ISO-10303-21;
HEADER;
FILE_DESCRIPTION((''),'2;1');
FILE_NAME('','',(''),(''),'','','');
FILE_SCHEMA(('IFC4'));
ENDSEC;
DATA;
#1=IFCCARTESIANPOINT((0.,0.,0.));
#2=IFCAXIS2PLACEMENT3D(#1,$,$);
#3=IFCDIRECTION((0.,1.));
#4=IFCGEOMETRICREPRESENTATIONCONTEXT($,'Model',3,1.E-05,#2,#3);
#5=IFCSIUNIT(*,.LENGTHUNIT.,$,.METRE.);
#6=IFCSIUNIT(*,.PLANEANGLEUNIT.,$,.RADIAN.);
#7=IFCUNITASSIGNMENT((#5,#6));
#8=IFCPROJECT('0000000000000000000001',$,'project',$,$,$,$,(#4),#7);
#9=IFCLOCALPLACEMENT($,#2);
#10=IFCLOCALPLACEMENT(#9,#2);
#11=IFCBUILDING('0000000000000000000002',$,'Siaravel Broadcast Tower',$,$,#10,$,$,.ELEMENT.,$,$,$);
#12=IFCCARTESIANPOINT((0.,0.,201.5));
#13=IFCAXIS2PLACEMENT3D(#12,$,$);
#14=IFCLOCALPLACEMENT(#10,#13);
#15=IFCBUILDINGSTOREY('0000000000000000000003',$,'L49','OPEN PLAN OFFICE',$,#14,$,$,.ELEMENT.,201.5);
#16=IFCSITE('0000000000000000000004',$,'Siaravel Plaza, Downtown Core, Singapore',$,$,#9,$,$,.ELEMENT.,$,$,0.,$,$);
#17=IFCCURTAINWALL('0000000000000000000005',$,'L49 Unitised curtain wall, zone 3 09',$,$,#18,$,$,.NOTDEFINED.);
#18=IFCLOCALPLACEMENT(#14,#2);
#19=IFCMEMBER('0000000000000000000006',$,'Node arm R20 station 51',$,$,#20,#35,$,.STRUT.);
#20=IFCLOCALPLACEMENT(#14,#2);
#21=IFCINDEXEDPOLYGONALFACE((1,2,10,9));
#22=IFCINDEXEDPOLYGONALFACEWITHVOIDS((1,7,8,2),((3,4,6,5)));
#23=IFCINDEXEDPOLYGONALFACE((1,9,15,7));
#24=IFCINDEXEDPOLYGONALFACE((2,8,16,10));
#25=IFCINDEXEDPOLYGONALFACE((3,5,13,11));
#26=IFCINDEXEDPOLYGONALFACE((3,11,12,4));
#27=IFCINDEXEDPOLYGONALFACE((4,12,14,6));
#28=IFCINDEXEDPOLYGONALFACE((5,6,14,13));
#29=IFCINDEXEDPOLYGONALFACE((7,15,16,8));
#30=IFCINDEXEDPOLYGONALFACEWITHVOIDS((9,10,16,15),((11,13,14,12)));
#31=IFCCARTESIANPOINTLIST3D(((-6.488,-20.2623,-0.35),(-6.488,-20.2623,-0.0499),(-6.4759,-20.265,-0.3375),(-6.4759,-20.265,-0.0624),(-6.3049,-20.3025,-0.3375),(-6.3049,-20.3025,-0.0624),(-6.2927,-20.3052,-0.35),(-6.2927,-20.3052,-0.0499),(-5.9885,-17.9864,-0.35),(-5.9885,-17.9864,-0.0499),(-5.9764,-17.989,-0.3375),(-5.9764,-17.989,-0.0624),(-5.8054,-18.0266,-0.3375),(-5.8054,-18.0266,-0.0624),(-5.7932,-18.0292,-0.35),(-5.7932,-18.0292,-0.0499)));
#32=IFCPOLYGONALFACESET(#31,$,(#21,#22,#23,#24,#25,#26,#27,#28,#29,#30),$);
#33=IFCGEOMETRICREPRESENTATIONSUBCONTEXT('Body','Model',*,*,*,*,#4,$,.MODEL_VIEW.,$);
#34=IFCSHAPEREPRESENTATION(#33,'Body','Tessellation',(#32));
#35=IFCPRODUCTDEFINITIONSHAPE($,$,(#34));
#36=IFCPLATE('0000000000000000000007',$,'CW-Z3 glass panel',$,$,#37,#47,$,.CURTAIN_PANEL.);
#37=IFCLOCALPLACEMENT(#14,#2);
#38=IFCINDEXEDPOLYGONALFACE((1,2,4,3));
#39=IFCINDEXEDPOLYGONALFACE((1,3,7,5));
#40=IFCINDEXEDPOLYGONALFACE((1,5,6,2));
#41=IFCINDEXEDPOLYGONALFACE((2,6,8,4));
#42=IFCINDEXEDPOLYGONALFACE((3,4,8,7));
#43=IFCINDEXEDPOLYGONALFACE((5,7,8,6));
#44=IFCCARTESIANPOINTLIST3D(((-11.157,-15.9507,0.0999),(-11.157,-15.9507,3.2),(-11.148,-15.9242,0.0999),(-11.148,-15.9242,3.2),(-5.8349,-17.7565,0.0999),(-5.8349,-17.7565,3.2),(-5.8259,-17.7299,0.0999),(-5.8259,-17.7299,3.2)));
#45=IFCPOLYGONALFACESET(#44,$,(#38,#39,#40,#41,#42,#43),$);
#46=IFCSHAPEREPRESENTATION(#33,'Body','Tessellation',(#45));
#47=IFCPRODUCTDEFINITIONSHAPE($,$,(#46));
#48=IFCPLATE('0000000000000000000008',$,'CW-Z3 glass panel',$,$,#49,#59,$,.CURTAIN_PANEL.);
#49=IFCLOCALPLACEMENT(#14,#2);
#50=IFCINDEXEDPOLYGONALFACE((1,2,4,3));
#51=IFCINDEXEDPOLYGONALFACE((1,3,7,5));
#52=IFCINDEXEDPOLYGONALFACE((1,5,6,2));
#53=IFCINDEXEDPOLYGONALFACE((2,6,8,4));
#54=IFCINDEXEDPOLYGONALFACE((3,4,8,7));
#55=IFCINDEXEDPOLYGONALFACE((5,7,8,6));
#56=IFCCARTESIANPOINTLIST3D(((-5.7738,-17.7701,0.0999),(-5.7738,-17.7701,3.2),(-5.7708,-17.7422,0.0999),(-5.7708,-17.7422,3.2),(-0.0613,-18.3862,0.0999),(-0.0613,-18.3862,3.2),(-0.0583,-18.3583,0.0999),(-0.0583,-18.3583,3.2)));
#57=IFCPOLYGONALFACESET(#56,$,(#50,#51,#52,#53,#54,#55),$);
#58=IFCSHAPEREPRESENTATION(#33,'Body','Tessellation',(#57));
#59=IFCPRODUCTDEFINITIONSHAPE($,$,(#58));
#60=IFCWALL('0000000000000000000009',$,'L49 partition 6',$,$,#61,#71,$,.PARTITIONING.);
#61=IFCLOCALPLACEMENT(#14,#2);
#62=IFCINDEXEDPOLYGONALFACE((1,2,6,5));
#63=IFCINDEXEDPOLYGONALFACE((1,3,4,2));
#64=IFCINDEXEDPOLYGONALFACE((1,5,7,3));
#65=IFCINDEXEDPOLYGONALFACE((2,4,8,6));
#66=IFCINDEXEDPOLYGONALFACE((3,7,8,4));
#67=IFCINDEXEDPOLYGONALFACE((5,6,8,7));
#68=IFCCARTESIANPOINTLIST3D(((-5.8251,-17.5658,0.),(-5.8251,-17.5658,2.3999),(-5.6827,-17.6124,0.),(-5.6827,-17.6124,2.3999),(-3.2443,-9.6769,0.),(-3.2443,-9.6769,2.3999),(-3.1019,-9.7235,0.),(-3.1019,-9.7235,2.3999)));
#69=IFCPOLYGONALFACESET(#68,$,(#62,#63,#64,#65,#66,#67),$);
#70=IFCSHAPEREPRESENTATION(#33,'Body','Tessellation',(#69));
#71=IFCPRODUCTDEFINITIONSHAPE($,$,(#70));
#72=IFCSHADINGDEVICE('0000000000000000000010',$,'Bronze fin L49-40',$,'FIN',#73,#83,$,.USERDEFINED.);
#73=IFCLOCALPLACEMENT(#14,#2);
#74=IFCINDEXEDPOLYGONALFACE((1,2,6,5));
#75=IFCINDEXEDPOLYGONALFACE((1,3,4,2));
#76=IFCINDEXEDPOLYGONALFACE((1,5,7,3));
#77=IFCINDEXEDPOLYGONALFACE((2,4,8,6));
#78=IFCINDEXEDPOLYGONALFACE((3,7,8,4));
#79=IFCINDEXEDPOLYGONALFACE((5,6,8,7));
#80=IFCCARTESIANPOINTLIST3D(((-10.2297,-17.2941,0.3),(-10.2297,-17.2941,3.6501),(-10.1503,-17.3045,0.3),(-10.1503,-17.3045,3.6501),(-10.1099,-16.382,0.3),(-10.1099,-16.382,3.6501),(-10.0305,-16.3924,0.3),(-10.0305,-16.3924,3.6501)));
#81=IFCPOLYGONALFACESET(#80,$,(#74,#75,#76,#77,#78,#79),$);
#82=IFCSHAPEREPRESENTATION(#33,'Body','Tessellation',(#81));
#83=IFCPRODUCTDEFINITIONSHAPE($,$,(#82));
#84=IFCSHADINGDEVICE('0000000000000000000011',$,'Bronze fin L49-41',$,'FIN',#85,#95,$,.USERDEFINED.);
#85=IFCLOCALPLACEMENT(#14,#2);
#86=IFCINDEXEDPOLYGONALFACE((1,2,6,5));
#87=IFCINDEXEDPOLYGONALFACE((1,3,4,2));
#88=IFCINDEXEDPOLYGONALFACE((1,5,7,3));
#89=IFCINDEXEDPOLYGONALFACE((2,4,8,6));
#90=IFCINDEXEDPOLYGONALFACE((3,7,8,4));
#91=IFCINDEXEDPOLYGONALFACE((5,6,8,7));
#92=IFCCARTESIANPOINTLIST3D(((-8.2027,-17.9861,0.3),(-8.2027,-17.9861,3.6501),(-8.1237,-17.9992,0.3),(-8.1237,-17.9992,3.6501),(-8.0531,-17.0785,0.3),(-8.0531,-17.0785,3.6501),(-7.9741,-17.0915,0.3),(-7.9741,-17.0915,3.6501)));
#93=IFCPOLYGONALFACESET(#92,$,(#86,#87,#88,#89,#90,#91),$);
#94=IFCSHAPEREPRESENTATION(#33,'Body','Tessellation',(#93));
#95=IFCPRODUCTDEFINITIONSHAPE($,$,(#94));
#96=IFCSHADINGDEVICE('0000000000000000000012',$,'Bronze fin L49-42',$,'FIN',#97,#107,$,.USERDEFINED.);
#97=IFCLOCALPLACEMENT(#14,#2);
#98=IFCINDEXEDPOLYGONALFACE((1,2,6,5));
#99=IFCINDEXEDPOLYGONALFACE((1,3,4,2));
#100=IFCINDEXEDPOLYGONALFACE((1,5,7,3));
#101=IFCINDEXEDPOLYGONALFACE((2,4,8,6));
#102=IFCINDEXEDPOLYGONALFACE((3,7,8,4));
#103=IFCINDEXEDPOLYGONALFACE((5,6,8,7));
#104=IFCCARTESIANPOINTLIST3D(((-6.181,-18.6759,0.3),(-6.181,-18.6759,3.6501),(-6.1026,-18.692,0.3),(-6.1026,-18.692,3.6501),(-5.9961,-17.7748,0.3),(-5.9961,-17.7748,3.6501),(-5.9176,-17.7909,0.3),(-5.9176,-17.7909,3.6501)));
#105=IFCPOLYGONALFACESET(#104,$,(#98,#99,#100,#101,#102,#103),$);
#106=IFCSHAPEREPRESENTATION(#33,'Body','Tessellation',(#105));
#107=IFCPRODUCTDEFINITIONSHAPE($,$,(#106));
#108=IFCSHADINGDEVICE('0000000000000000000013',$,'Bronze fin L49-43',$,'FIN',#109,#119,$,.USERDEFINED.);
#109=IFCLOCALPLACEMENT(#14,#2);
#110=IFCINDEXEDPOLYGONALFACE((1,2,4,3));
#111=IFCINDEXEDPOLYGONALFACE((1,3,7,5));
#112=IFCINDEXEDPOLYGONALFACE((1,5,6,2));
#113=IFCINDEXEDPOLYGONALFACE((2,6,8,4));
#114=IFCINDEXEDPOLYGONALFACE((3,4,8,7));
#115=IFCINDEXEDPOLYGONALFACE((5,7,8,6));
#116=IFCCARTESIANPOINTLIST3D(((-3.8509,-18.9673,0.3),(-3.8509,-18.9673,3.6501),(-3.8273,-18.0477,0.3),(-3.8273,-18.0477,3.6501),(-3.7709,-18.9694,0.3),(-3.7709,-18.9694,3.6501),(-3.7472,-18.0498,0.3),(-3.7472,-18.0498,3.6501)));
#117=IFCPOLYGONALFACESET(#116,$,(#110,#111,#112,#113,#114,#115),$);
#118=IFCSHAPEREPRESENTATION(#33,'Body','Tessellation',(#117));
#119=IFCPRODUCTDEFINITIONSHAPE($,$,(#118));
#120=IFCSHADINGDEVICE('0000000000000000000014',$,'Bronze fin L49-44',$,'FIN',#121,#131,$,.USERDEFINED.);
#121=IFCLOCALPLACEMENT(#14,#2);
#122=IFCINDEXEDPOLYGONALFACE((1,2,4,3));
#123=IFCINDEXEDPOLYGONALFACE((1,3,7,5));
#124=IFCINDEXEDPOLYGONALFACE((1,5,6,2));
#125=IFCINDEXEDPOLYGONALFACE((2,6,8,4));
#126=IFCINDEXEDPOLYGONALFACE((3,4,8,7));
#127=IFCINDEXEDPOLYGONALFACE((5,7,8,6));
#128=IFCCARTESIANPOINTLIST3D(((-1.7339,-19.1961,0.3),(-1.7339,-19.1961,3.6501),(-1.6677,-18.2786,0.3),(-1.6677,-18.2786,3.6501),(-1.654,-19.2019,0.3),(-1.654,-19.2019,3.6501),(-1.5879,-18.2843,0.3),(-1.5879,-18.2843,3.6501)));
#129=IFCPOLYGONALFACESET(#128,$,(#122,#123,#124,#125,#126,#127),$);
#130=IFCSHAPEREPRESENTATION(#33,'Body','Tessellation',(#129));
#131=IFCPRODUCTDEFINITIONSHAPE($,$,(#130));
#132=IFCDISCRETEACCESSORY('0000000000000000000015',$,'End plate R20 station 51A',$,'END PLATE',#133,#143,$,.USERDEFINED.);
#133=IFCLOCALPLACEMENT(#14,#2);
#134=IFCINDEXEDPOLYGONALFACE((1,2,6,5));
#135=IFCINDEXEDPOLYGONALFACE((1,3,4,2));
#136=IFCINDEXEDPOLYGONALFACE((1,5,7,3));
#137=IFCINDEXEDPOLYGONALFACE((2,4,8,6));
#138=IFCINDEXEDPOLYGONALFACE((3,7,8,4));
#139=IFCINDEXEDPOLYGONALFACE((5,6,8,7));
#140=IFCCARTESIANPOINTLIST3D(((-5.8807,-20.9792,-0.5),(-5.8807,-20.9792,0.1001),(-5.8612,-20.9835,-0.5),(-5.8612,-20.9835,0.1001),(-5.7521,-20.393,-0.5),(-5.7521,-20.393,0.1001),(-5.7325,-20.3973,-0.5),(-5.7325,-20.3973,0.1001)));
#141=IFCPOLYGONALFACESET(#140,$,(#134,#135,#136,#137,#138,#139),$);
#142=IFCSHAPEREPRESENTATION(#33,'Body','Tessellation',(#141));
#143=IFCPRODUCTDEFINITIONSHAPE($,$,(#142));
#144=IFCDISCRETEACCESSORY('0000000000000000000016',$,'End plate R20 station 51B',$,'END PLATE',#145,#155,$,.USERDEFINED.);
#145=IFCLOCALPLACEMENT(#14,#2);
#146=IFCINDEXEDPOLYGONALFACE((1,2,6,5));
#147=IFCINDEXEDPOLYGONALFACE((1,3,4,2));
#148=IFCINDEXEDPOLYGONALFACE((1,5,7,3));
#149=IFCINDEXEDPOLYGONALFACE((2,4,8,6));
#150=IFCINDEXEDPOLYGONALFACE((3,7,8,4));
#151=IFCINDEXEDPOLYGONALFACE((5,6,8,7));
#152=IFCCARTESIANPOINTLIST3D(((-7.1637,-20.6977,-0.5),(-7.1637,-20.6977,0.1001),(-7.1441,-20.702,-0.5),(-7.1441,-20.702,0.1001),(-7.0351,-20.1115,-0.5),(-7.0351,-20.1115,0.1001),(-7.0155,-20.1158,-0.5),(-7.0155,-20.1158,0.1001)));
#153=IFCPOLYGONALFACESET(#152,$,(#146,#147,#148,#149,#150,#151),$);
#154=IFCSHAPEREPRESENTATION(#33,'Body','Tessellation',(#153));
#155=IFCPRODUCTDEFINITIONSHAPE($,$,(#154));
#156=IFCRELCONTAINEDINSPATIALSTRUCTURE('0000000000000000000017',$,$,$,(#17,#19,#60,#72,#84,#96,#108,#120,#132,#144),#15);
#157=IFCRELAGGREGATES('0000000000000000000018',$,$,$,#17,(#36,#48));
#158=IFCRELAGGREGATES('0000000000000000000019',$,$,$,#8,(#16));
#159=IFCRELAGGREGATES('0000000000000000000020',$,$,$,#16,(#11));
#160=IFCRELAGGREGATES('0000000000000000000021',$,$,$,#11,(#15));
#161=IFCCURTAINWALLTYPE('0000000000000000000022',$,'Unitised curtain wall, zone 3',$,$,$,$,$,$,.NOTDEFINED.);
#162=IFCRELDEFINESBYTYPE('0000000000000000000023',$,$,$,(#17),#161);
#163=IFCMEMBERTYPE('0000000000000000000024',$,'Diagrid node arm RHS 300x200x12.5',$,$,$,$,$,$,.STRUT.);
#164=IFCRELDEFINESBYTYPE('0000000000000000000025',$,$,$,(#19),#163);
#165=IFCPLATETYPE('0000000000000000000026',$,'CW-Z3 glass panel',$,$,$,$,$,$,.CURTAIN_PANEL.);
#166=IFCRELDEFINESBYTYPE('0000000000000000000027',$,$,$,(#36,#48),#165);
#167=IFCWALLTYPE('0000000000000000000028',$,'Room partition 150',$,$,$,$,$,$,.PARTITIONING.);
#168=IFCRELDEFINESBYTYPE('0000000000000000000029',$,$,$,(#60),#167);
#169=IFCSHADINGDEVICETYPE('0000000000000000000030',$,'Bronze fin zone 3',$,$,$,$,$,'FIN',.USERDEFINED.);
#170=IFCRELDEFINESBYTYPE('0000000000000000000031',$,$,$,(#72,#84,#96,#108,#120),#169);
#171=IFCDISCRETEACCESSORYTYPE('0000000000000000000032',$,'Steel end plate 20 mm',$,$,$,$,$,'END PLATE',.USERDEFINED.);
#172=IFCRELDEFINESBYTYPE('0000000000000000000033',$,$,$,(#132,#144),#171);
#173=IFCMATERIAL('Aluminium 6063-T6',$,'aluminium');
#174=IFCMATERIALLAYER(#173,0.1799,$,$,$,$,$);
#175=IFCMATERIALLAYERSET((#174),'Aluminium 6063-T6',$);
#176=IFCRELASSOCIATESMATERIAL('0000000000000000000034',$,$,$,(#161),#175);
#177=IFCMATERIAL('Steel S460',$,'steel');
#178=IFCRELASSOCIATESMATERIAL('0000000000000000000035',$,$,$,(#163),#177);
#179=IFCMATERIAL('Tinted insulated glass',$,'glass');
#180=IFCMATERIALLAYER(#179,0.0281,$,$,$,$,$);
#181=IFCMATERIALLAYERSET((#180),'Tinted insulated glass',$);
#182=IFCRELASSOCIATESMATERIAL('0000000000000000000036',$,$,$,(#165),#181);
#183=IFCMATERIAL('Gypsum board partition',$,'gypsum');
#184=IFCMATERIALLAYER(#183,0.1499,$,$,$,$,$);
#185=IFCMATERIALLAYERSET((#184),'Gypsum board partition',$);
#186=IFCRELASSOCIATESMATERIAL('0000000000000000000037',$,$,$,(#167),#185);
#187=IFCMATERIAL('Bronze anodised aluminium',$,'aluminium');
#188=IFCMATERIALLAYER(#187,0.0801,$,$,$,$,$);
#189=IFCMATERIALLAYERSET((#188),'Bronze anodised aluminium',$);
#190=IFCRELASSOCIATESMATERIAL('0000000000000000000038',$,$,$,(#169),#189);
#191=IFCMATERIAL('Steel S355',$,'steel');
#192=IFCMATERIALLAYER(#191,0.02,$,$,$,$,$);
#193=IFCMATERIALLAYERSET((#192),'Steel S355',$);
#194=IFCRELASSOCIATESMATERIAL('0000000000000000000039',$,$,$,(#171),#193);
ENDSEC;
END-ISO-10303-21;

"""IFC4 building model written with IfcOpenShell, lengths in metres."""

from ifc_helpers import new_model, si_unit, direction, frame, frame_2d, origin, origin_2d, place, context, subcontext, project, spatial, rectangle, hollow_rectangle, extrude, material, layer, layer_set, material_profile, profile_set, type_object, element, aggregate, save


model = new_model("IFC4")

# Units and contexts
model_context = context("Model", 3, precision=1e-05, world=origin(), true_north=direction((0.0, 1.0)))
body_context = subcontext(model_context, "Body", "Model", "MODEL_VIEW")
ifc_project = project(units=[si_unit("LENGTHUNIT", "METRE"), si_unit("PLANEANGLEUNIT", "RADIAN")], contexts=[model_context])

# Site, building, storey
site_placement = place(None, origin())
site = spatial("IfcSite", under=ifc_project, at=site_placement, Name="Siaravel Plaza, Downtown Core, Singapore", CompositionType="ELEMENT", RefElevation=0.0)
building_placement = place(site_placement, origin())
building = spatial("IfcBuilding", under=site, at=building_placement, Name="Siaravel Broadcast Tower", CompositionType="ELEMENT")
storey_placement = place(building_placement, frame((0.0, 0.0, 201.5)))
storey = spatial("IfcBuildingStorey", under=building, at=storey_placement, Name="L49", Description="OPEN PLAN OFFICE", CompositionType="ELEMENT", Elevation=201.5)

# Shared definitions
ifc_material_1 = material(Name="Steel S355", Category="steel")

# Curtain wall
ifc_material_2 = material(Name="Aluminium 6063-T6", Category="aluminium")
ifc_layer_1 = layer(ifc_material_2, 0.1799)
ifc_layer_set_1 = layer_set([ifc_layer_1], Name="Aluminium 6063-T6")
curtain_wall_type = type_object("IfcCurtainWallType", Name="Unitised curtain wall, zone 3", PredefinedType="NOTDEFINED", material=ifc_layer_set_1)
curtain_wall_placement = place(storey_placement, origin())
curtain_wall = element("IfcCurtainWall", 1, at=curtain_wall_placement, inside=storey, type_object=curtain_wall_type, Name="L49 Unitised curtain wall, zone 3 09", PredefinedType="NOTDEFINED")

# Member
ifc_material_3 = material(Name="Steel S460", Category="steel")
ifc_material_profile_1 = material_profile(ifc_material_3, hollow_rectangle(XDim=0.2, YDim=0.3, WallThickness=0.0125, at=origin_2d()))
ifc_profile_set_1 = profile_set([ifc_material_profile_1], Name="Steel S460")
member_type_1 = type_object("IfcMemberType", Name="Diagrid node arm RHS 300x200x12.5", PredefinedType="STRUT", material=ifc_profile_set_1)
member_1_placement = place(storey_placement, frame((-5.8909, -18.0078, -0.2), z_axis=(-0.214378, -0.976751, 0.0), x_axis=(0.976751, -0.214378, 0.0)))
element("IfcMember", 2, at=member_1_placement, inside=storey, type_object=member_type_1, Name="Node arm R20 station 51", PredefinedType="STRUT", context=body_context, shape_type="SweptSolid", body=[
    extrude(hollow_rectangle(XDim=0.2, YDim=0.3, WallThickness=0.0125, at=origin_2d()), origin(), (0.0, 0.0, 1.0), 2.3301),
])

# Plates
ifc_material_4 = material(Name="Tinted insulated glass", Category="glass")
ifc_layer_2 = layer(ifc_material_4, 0.0281)
ifc_layer_set_2 = layer_set([ifc_layer_2], Name="Tinted insulated glass")
plate_type = type_object("IfcPlateType", Name="CW-Z3 glass panel", PredefinedType="CURTAIN_PANEL", material=ifc_layer_set_2)
plate_1_placement = place(storey_placement, frame((-8.4915, -16.8403, 0.0999), z_axis=(0.0, 0.0, 1.0), x_axis=(0.946977, -0.321302, 0.0)))
plate_1 = element("IfcPlate", 3, at=plate_1_placement, type_object=plate_type, Name="CW-Z3 glass panel", PredefinedType="CURTAIN_PANEL", context=body_context, shape_type="SweptSolid", body=[
    extrude(rectangle(XDim=5.6201, YDim=0.0281, at=origin_2d()), origin(), (0.0, 0.0, 1.0), 3.1001),
])
plate_2_placement = place(storey_placement, frame((-2.916, -18.0642, 0.0999), z_axis=(0.0, 0.0, 1.0), x_axis=(0.994236, -0.107218, 0.0)))
plate_2 = element("IfcPlate", 4, at=plate_2_placement, type_object=plate_type, Name="CW-Z3 glass panel", PredefinedType="CURTAIN_PANEL", context=body_context, shape_type="SweptSolid", body=[
    extrude(rectangle(XDim=5.7456, YDim=0.0281, at=origin_2d()), origin(), (0.0, 0.0, 1.0), 3.1001),
])
aggregate(curtain_wall, [plate_1, plate_2])

# Wall
ifc_material_5 = material(Name="Gypsum board partition", Category="gypsum")
ifc_layer_3 = layer(ifc_material_5, 0.1499)
ifc_layer_set_3 = layer_set([ifc_layer_3], Name="Gypsum board partition")
wall_type = type_object("IfcWallType", Name="Room partition 150", PredefinedType="PARTITIONING", material=ifc_layer_set_3)
wall_placement = place(storey_placement, frame((-5.7539, -17.5891, 0.0), z_axis=(0.0, 0.0, 1.0), x_axis=(0.310928, 0.950433, 0.0)))
element("IfcWall", 5, at=wall_placement, inside=storey, type_object=wall_type, Name="L49 partition 6", PredefinedType="PARTITIONING", context=body_context, shape_type="SweptSolid", body=[
    extrude(rectangle(XDim=8.3003, YDim=0.1499, at=frame_2d((4.1501, 0.0))), origin(), (0.0, 0.0, 1.0), 2.3999),
])

# Shading devices
ifc_material_6 = material(Name="Bronze anodised aluminium", Category="aluminium")
ifc_layer_4 = layer(ifc_material_6, 0.0801)
ifc_layer_set_4 = layer_set([ifc_layer_4], Name="Bronze anodised aluminium")
shading_device_type = type_object("IfcShadingDeviceType", Name="Bronze fin zone 3", ElementType="FIN", PredefinedType="USERDEFINED", material=ifc_layer_set_4)
for number, where, z_axis, x_axis, name in (
    (6, (-10.1301, -16.8433, 0.3), (0.0, 0.0, 1.0), (-0.130234, -0.991483, 0.0), "Bronze fin L49-40"),
    (7, (-8.0884, -17.5388, 0.3), (0.0, 0.0, 1.0), (-0.162627, -0.986688, 0.0), "Bronze fin L49-41"),
    (8, (-6.0493, -18.2334, 0.3), (0.0, 0.0, 1.0), (-0.201028, -0.979585, 0.0), "Bronze fin L49-42"),
    (9, (-3.7991, -18.5085, 0.3), (0.0, 0.0, 1.0), (-0.025674, -0.99967, 0.0), "Bronze fin L49-43"),
    (10, (-1.6609, -18.7402, 0.3), (0.0, 0.0, 1.0), (-0.071938, -0.997409, 0.0), "Bronze fin L49-44"),
):
    element("IfcShadingDevice", number, at=place(storey_placement, frame(where, z_axis=z_axis, x_axis=x_axis)), inside=storey, type_object=shading_device_type, Name=name, ObjectType="FIN", PredefinedType="USERDEFINED", context=body_context, shape_type="SweptSolid", body=[
        extrude(rectangle(XDim=0.9199, YDim=0.0801, at=origin_2d()), origin(), (0.0, 0.0, 1.0), 3.3501),
    ])

# Discrete accessories
ifc_layer_5 = layer(ifc_material_1, 0.02)
ifc_layer_set_5 = layer_set([ifc_layer_5], Name="Steel S355")
discrete_accessory_type = type_object("IfcDiscreteAccessoryType", Name="Steel end plate 20 mm", ElementType="END PLATE", PredefinedType="USERDEFINED", material=ifc_layer_set_5)
for number, where, z_axis, x_axis, name in (
    (11, (-5.8066, -20.6882, -0.5), (0.0, 0.0, 1.0), (0.976751, -0.214377, 0.0), "End plate R20 station 51A"),
    (12, (-7.0896, -20.4067, -0.5), (0.0, 0.0, 1.0), (0.976751, -0.214377, 0.0), "End plate R20 station 51B"),
):
    element("IfcDiscreteAccessory", number, at=place(storey_placement, frame(where, z_axis=z_axis, x_axis=x_axis)), inside=storey, type_object=discrete_accessory_type, Name=name, ObjectType="END PLATE", PredefinedType="USERDEFINED", context=body_context, shape_type="SweptSolid", body=[
        extrude(rectangle(XDim=0.02, YDim=0.6001, at=origin_2d()), origin(), (0.0, 0.0, 1.0), 0.6001),
    ])

save(model, "model.ifc")
